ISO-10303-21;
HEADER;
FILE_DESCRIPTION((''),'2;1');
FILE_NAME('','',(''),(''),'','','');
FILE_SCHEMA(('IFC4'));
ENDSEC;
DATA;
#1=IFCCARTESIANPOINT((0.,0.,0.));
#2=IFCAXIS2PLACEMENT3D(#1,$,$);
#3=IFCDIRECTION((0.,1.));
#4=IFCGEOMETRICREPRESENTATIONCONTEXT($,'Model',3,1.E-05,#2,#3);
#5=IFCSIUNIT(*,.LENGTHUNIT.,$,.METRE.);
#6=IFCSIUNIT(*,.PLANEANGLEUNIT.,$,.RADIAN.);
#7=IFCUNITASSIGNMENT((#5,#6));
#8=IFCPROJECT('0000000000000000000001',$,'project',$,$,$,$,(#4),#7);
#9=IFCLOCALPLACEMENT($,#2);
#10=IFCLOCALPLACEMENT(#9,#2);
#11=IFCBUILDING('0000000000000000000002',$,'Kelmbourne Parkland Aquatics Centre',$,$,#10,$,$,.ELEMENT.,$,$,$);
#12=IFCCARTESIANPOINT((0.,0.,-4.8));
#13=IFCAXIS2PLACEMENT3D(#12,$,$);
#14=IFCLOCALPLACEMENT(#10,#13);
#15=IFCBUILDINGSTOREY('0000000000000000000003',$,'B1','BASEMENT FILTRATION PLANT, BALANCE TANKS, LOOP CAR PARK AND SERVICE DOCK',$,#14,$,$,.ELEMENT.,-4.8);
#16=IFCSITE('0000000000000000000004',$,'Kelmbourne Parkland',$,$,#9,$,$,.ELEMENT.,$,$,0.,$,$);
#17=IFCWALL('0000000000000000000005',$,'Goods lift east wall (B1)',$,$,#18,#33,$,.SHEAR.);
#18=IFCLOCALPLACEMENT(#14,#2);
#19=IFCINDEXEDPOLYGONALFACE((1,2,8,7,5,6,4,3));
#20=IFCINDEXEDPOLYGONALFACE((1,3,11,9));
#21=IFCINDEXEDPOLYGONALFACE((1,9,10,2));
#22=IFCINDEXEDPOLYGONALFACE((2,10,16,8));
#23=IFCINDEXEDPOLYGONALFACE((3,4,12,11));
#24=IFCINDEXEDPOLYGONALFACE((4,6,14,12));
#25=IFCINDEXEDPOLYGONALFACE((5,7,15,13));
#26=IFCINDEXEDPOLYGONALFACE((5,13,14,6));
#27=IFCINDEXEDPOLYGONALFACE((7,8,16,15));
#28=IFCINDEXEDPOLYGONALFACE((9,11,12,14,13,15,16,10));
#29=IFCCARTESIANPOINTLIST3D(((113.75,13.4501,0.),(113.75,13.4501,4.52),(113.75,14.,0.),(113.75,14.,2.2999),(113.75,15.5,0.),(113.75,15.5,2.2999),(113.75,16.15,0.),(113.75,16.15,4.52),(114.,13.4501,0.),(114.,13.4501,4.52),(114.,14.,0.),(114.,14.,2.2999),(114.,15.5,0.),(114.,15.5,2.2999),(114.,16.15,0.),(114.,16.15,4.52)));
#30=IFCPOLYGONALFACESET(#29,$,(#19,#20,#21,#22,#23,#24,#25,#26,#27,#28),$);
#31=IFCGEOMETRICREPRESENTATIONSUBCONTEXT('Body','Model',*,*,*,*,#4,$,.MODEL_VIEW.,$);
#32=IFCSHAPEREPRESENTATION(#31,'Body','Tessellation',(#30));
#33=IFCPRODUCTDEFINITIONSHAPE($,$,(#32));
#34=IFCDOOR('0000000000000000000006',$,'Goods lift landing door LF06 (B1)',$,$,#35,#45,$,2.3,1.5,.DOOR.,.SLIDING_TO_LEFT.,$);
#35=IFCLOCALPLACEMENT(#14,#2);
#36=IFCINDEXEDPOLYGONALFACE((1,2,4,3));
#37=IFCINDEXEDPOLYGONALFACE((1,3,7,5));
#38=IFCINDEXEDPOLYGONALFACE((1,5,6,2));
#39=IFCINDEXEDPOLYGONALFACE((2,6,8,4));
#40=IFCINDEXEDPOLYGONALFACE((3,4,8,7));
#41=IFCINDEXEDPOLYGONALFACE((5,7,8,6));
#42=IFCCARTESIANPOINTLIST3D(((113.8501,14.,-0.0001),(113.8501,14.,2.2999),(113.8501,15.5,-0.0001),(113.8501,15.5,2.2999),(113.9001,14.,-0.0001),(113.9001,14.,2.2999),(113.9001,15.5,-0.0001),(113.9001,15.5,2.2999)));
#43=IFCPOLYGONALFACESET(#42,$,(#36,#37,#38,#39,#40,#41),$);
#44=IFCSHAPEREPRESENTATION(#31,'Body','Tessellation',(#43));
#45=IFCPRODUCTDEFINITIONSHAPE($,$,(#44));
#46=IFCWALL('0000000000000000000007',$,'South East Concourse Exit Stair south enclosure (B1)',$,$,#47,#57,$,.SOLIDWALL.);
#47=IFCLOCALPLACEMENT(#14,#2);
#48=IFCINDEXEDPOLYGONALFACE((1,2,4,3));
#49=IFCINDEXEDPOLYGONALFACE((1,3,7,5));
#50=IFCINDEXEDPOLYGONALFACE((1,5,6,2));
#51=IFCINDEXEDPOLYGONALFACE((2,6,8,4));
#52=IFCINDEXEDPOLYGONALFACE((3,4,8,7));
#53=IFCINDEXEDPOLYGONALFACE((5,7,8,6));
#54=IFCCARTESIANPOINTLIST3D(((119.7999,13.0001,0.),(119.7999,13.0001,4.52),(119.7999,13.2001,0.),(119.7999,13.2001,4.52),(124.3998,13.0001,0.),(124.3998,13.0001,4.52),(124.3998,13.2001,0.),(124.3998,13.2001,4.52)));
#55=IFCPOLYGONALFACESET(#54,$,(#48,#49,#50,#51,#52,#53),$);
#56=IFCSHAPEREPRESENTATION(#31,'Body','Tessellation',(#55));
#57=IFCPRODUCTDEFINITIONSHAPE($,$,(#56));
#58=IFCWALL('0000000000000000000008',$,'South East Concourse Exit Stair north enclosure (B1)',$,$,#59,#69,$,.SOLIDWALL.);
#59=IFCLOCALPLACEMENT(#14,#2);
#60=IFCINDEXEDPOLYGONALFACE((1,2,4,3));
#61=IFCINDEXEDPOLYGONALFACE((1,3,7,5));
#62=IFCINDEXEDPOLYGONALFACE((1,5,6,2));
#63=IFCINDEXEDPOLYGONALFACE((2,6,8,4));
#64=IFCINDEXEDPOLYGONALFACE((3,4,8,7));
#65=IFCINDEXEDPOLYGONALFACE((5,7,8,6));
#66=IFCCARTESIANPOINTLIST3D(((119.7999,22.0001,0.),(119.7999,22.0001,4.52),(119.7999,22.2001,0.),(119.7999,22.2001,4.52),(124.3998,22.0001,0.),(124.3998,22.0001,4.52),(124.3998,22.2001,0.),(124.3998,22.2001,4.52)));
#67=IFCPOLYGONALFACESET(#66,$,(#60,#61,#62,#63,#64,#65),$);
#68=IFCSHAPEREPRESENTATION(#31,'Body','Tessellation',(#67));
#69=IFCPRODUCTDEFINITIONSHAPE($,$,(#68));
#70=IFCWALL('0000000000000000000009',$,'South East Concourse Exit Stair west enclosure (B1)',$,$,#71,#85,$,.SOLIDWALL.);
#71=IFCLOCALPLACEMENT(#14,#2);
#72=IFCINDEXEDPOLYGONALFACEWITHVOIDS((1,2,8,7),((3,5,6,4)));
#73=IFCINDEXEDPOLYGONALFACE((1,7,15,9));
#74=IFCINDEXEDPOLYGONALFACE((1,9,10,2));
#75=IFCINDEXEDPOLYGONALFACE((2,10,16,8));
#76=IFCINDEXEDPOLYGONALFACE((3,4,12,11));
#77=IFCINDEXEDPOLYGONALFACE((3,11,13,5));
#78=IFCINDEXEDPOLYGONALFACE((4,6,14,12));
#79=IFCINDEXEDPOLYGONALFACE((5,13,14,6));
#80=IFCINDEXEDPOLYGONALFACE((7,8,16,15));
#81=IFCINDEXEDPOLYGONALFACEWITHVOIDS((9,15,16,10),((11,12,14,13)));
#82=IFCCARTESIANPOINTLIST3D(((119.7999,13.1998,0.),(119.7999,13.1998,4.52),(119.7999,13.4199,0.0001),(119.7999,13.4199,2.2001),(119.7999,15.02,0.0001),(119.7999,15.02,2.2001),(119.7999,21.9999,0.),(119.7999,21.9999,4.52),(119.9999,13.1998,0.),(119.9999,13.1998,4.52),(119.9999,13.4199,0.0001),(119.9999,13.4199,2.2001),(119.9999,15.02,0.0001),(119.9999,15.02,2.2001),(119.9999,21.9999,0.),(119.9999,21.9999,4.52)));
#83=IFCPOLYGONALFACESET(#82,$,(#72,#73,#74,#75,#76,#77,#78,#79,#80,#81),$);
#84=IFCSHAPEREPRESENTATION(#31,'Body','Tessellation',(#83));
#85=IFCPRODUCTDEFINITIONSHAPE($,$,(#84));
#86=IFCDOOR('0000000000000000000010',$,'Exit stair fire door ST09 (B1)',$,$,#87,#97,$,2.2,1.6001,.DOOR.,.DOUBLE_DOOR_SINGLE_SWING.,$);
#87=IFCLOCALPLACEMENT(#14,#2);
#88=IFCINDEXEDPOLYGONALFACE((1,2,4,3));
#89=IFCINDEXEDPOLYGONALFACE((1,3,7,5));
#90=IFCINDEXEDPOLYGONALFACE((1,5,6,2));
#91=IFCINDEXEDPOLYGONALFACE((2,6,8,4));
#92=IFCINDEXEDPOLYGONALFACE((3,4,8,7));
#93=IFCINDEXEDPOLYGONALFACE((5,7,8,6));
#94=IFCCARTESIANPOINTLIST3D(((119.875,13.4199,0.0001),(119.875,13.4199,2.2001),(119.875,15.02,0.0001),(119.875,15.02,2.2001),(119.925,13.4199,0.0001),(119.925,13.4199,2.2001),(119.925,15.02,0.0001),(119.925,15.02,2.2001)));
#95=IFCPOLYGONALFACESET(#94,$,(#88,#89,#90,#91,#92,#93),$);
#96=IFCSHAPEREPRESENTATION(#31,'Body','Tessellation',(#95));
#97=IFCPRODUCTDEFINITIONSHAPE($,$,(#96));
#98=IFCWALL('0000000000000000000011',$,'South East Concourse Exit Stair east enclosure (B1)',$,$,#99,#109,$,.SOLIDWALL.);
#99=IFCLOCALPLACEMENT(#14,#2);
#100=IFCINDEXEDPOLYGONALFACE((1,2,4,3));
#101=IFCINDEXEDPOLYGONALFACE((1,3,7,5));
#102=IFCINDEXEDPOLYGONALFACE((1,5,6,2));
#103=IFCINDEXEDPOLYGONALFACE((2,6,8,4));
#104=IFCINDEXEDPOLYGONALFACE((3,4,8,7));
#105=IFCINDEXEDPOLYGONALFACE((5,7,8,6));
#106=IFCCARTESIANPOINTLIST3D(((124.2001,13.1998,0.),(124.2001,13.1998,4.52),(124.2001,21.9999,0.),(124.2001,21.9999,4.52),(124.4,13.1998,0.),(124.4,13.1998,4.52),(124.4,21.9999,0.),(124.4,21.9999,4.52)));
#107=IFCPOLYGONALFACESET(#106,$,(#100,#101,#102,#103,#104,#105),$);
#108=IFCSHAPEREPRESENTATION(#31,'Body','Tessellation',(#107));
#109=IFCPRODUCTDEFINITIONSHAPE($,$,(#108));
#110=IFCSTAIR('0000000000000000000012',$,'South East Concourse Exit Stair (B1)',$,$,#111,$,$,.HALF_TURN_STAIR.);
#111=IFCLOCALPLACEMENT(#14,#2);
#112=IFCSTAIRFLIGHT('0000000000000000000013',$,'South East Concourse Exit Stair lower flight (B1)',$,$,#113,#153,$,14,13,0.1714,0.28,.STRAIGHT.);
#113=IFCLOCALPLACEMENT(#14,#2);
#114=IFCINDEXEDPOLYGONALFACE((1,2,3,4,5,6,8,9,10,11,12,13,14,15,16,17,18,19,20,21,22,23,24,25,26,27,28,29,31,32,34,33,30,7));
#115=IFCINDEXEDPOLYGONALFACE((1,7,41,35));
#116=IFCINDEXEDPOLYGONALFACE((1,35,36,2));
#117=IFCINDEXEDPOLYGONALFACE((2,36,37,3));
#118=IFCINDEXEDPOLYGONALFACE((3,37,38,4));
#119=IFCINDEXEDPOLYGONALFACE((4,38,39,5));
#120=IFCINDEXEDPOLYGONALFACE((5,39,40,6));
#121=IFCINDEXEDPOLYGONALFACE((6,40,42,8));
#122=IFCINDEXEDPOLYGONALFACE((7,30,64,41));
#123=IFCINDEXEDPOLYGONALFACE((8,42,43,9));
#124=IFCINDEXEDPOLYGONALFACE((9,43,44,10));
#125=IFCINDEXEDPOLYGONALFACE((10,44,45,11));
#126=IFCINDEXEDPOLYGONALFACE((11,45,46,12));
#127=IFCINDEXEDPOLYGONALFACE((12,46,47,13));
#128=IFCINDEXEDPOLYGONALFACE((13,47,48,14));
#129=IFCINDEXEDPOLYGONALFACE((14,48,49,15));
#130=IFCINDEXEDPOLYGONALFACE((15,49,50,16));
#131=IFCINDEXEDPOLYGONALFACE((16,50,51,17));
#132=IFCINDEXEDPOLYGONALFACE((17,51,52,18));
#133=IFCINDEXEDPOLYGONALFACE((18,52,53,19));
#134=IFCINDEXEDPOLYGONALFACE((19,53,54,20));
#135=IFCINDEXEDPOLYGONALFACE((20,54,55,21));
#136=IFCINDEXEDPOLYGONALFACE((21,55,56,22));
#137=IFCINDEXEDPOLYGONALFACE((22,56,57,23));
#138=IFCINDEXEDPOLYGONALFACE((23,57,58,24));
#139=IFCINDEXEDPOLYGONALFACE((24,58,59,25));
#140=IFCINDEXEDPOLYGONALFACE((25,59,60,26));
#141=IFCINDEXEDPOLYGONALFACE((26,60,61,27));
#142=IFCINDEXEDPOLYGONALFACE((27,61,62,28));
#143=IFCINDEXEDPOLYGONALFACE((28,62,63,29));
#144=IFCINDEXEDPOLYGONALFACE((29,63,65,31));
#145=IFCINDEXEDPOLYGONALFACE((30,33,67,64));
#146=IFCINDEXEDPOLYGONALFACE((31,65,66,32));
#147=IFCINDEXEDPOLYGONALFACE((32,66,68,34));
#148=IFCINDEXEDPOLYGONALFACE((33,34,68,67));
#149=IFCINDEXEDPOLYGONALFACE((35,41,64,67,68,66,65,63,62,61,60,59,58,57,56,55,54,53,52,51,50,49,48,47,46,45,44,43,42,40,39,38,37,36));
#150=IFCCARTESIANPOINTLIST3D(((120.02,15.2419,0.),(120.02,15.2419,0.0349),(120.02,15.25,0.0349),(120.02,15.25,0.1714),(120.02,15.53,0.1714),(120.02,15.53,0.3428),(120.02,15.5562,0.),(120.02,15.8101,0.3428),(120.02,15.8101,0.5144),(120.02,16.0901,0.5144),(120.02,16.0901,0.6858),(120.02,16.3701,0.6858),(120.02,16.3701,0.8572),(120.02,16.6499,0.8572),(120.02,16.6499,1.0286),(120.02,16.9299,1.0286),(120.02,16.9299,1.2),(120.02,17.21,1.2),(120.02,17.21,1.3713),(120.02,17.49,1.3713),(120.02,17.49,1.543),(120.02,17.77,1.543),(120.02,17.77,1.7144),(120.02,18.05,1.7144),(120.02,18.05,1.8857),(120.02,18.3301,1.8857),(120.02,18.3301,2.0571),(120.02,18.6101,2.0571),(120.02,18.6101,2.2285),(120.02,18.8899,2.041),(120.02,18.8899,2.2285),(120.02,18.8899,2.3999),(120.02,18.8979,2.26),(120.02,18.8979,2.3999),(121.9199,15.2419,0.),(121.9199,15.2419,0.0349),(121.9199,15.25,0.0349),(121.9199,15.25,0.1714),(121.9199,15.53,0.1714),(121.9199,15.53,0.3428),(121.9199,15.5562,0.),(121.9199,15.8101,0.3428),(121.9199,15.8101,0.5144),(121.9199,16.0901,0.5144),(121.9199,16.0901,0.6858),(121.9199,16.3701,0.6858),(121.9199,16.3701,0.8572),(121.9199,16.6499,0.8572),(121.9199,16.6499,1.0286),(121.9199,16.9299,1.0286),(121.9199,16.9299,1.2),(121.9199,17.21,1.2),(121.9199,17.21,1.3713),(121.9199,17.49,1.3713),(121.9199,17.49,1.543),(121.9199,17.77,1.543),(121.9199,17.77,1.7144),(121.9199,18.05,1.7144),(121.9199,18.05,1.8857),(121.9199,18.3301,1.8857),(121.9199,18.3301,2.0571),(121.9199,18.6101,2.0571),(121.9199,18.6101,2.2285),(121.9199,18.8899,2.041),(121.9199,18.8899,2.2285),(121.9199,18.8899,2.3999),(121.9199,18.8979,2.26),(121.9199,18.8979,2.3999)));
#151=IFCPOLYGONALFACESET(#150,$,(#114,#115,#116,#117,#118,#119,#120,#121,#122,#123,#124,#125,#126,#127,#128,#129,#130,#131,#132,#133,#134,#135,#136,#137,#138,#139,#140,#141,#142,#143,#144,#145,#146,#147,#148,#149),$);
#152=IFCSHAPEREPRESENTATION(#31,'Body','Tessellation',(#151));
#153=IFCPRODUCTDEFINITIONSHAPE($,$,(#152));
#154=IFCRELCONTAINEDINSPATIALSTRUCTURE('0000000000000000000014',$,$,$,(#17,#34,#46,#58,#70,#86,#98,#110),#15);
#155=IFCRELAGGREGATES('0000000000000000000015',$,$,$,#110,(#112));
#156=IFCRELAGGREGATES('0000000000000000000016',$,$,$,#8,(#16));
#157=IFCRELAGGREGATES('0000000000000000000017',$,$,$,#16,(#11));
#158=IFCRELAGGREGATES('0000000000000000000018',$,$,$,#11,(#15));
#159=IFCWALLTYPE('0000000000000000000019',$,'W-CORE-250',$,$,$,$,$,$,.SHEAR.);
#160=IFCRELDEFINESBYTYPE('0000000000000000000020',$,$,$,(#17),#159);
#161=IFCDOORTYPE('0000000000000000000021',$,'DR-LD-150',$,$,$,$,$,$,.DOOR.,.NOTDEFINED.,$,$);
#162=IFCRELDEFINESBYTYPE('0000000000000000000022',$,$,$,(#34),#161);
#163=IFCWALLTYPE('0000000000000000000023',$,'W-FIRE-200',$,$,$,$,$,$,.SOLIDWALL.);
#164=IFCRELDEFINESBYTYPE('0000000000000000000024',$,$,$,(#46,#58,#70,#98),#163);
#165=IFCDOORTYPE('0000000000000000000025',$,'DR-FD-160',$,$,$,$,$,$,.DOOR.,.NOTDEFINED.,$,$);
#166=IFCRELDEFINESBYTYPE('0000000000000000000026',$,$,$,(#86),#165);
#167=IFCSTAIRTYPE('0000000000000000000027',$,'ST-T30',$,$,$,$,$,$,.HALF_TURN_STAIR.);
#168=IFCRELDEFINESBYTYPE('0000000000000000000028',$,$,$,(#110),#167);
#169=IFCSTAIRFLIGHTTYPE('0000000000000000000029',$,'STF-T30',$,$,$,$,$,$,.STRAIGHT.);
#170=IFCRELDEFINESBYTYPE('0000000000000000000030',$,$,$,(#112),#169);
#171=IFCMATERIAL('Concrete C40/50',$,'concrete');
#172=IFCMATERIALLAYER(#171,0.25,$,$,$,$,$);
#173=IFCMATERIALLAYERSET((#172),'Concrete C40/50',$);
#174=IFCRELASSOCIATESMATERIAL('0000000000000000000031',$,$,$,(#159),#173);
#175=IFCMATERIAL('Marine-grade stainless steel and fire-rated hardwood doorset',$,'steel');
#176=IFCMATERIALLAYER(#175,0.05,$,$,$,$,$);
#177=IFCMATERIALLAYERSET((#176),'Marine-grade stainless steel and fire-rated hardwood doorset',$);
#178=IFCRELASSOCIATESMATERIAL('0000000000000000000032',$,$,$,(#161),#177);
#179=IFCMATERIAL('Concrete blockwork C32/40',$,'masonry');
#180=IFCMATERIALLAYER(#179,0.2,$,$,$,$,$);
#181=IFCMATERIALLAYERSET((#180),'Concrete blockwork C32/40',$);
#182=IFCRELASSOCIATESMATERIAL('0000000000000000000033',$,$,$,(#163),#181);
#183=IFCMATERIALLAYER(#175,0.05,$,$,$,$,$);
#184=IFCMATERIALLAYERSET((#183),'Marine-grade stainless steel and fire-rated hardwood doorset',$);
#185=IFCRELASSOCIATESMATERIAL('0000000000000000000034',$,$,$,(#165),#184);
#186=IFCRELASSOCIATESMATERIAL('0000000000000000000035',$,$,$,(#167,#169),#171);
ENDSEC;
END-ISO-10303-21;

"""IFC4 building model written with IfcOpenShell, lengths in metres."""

from ifc_helpers import new_model, si_unit, direction, frame, frame_2d, origin, place, context, subcontext, project, spatial, polyline, rectangle, outline, extrude, material, layer, layer_set, type_object, element, fill, aggregate, save


model = new_model("IFC4")

# Units and contexts
model_context = context("Model", 3, precision=1e-05, world=origin(), true_north=direction((0.0, 1.0)))
body_context = subcontext(model_context, "Body", "Model", "MODEL_VIEW")
ifc_project = project(units=[si_unit("LENGTHUNIT", "METRE"), si_unit("PLANEANGLEUNIT", "RADIAN")], contexts=[model_context])

# Site, building, storey
site_placement = place(None, origin())
site = spatial("IfcSite", under=ifc_project, at=site_placement, Name="Kelmbourne Parkland", CompositionType="ELEMENT", RefElevation=0.0)
building_placement = place(site_placement, origin())
building = spatial("IfcBuilding", under=site, at=building_placement, Name="Kelmbourne Parkland Aquatics Centre", CompositionType="ELEMENT")
storey_placement = place(building_placement, frame((0.0, 0.0, -4.8)))
storey = spatial("IfcBuildingStorey", under=building, at=storey_placement, Name="B1", Description="BASEMENT FILTRATION PLANT, BALANCE TANKS, LOOP CAR PARK AND SERVICE DOCK", CompositionType="ELEMENT", Elevation=-4.8)

# Shared definitions
ifc_material_1 = material(Name="Concrete C40/50", Category="concrete")

# Shared definitions
ifc_layer_1 = layer(ifc_material_1, 0.25)
ifc_layer_set_1 = layer_set([ifc_layer_1], Name="Concrete C40/50")
wall_type_1 = type_object("IfcWallType", Name="W-CORE-250", PredefinedType="SHEAR", material=ifc_layer_set_1)

# Wall, opening, door
wall_1_placement = place(storey_placement, frame((113.875, 13.45, 0.0), z_axis=(0.0, 0.0, 1.0), x_axis=(0.0, 1.0, 0.0)))
wall_1 = element("IfcWall", 1, at=wall_1_placement, inside=storey, type_object=wall_type_1, Name="Goods lift east wall (B1)", PredefinedType="SHEAR", context=body_context, shape_type="SweptSolid", body=[
    extrude(rectangle(XDim=2.7, YDim=0.25, at=frame_2d((1.3501, 0.0))), origin(), (0.0, 0.0, 1.0), 4.52),
])
opening_1_placement = place(wall_1_placement, frame((0.55, 0.0, 0.0)))
opening_1 = element("IfcOpeningElement", 2, at=opening_1_placement, cuts=wall_1, PredefinedType="OPENING", context=body_context, shape_type="SweptSolid", body=[
    extrude(rectangle(XDim=1.5, YDim=2.3, at=frame_2d((0.75, 1.1499))), frame((0.0, 0.137, 0.0), z_axis=(0.0, -1.0, 0.0), x_axis=(1.0, 0.0, 0.0)), (0.0, 0.0, 1.0), 0.2739),
])
ifc_material_2 = material(Name="Marine-grade stainless steel and fire-rated hardwood doorset", Category="steel")
ifc_layer_2 = layer(ifc_material_2, 0.05)
ifc_layer_set_2 = layer_set([ifc_layer_2], Name="Marine-grade stainless steel and fire-rated hardwood doorset")
door_type_1 = type_object("IfcDoorType", Name="DR-LD-150", OperationType="NOTDEFINED", PredefinedType="DOOR", material=ifc_layer_set_2)
door_1_placement = place(opening_1_placement, origin())
door_1 = element("IfcDoor", 3, at=door_1_placement, inside=storey, type_object=door_type_1, Name="Goods lift landing door LF06 (B1)", OperationType="SLIDING_TO_LEFT", OverallHeight=2.3, OverallWidth=1.5, PredefinedType="DOOR", context=body_context, shape_type="SweptSolid", body=[
    extrude(rectangle(XDim=1.5, YDim=2.3, at=frame_2d((0.75, 1.1499))), frame((0.0, 0.0249, 0.0), z_axis=(0.0, -1.0, 0.0), x_axis=(1.0, 0.0, 0.0)), (0.0, 0.0, 1.0), 0.05),
])
fill(opening_1, door_1)

# Walls
ifc_material_3 = material(Name="Concrete blockwork C32/40", Category="masonry")
ifc_layer_3 = layer(ifc_material_3, 0.2)
ifc_layer_set_3 = layer_set([ifc_layer_3], Name="Concrete blockwork C32/40")
wall_type_2 = type_object("IfcWallType", Name="W-FIRE-200", PredefinedType="SOLIDWALL", material=ifc_layer_set_3)
for number, where, z_axis, x_axis, name in (
    (4, (119.8, 13.1001, 0.0), (0.0, 0.0, 1.0), (1.0, 0.0, 0.0), "South East Concourse Exit Stair south enclosure (B1)"),
    (5, (119.8, 22.1001, 0.0), (0.0, 0.0, 1.0), (1.0, 0.0, 0.0), "South East Concourse Exit Stair north enclosure (B1)"),
):
    element("IfcWall", number, at=place(storey_placement, frame(where, z_axis=z_axis, x_axis=x_axis)), inside=storey, type_object=wall_type_2, Name=name, PredefinedType="SOLIDWALL", context=body_context, shape_type="SweptSolid", body=[
        extrude(rectangle(XDim=4.5999, YDim=0.2, at=frame_2d((2.2998, 0.0))), origin(), (0.0, 0.0, 1.0), 4.52),
    ])

# Wall, opening, door
wall_2_placement = place(storey_placement, frame((119.8999, 13.2, 0.0), z_axis=(0.0, 0.0, 1.0), x_axis=(0.0, 1.0, 0.0)))
wall_2 = element("IfcWall", 6, at=wall_2_placement, inside=storey, type_object=wall_type_2, Name="South East Concourse Exit Stair west enclosure (B1)", PredefinedType="SOLIDWALL", context=body_context, shape_type="SweptSolid", body=[
    extrude(rectangle(XDim=8.8, YDim=0.2, at=frame_2d((4.3999, 0.0))), origin(), (0.0, 0.0, 1.0), 4.52),
])
opening_2_placement = place(wall_2_placement, frame((0.22, 0.0, 0.0)))
opening_2 = element("IfcOpeningElement", 7, at=opening_2_placement, cuts=wall_2, PredefinedType="OPENING", context=body_context, shape_type="SweptSolid", body=[
    extrude(rectangle(XDim=1.6001, YDim=2.2, at=frame_2d((0.8, 1.1001))), frame((0.0, 0.1118, 0.0), z_axis=(0.0, -1.0, 0.0), x_axis=(1.0, 0.0, 0.0)), (0.0, 0.0, 1.0), 0.2239),
])
ifc_layer_4 = layer(ifc_material_2, 0.05)
ifc_layer_set_4 = layer_set([ifc_layer_4], Name="Marine-grade stainless steel and fire-rated hardwood doorset")
door_type_2 = type_object("IfcDoorType", Name="DR-FD-160", OperationType="NOTDEFINED", PredefinedType="DOOR", material=ifc_layer_set_4)
door_2_placement = place(opening_2_placement, origin())
door_2 = element("IfcDoor", 8, at=door_2_placement, inside=storey, type_object=door_type_2, Name="Exit stair fire door ST09 (B1)", OperationType="DOUBLE_DOOR_SINGLE_SWING", OverallHeight=2.2, OverallWidth=1.6001, PredefinedType="DOOR", context=body_context, shape_type="SweptSolid", body=[
    extrude(rectangle(XDim=1.6001, YDim=2.2, at=frame_2d((0.8, 1.1001))), frame((0.0, 0.0249, 0.0), z_axis=(0.0, -1.0, 0.0), x_axis=(1.0, 0.0, 0.0)), (0.0, 0.0, 1.0), 0.05),
])
fill(opening_2, door_2)

# Wall
wall_3_placement = place(storey_placement, frame((124.3, 13.2, 0.0), z_axis=(0.0, 0.0, 1.0), x_axis=(0.0, 1.0, 0.0)))
element("IfcWall", 9, at=wall_3_placement, inside=storey, type_object=wall_type_2, Name="South East Concourse Exit Stair east enclosure (B1)", PredefinedType="SOLIDWALL", context=body_context, shape_type="SweptSolid", body=[
    extrude(rectangle(XDim=8.8, YDim=0.2, at=frame_2d((4.3999, 0.0))), origin(), (0.0, 0.0, 1.0), 4.52),
])

# Stair, stair flight
stair_type = type_object("IfcStairType", Name="ST-T30", PredefinedType="HALF_TURN_STAIR", material=ifc_material_1)
stair_placement = place(storey_placement, origin())
stair = element("IfcStair", 10, at=stair_placement, inside=storey, type_object=stair_type, Name="South East Concourse Exit Stair (B1)", PredefinedType="HALF_TURN_STAIR")
stair_flight_type = type_object("IfcStairFlightType", Name="STF-T30", PredefinedType="STRAIGHT", material=ifc_material_1)
stair_flight_1_placement = place(storey_placement, frame((120.97, 15.25, 0.0), z_axis=(0.0, 0.0, 1.0), x_axis=(0.0, 1.0, 0.0)))
stair_flight_1 = element("IfcStairFlight", 11, at=stair_flight_1_placement, type_object=stair_flight_type, Name="South East Concourse Exit Stair lower flight (B1)", NumberOfRisers=14, NumberOfTreads=13, PredefinedType="STRAIGHT", RiserHeight=0.1714, TreadLength=0.28, context=body_context, shape_type="SweptSolid", body=[
    extrude(outline(polyline([(-0.0081, 0.0), (-0.0081, 0.0349), (0.0, 0.0349), (0.0, 0.1714), (0.28, 0.1714), (0.28, 0.3428), (0.5601, 0.3428), (0.5601, 0.5144), (0.8401, 0.5144), (0.8401, 0.6858), (1.1201, 0.6858), (1.1201, 0.8572), (1.3999, 0.8572), (1.3999, 1.0286), (1.6799, 1.0286), (1.6799, 1.2), (1.96, 1.2), (1.96, 1.3713), (2.24, 1.3713), (2.24, 1.543), (2.52, 1.543), (2.52, 1.7144), (2.8, 1.7144), (2.8, 1.8857), (3.0801, 1.8857), (3.0801, 2.0571), (3.3601, 2.0571), (3.3601, 2.2285), (3.6399, 2.2285), (3.6399, 2.3999), (3.6479, 2.3999), (3.6479, 2.26), (3.6399, 2.041), (0.3062, 0.0), (-0.0081, 0.0)])), frame((0.0, 0.95, 0.0), z_axis=(0.0, -1.0, 0.0), x_axis=(1.0, 0.0, 0.0)), (0.0, 0.0, 1.0), 1.8999),
])
aggregate(stair, [stair_flight_1])

save(model, "model.ifc")
